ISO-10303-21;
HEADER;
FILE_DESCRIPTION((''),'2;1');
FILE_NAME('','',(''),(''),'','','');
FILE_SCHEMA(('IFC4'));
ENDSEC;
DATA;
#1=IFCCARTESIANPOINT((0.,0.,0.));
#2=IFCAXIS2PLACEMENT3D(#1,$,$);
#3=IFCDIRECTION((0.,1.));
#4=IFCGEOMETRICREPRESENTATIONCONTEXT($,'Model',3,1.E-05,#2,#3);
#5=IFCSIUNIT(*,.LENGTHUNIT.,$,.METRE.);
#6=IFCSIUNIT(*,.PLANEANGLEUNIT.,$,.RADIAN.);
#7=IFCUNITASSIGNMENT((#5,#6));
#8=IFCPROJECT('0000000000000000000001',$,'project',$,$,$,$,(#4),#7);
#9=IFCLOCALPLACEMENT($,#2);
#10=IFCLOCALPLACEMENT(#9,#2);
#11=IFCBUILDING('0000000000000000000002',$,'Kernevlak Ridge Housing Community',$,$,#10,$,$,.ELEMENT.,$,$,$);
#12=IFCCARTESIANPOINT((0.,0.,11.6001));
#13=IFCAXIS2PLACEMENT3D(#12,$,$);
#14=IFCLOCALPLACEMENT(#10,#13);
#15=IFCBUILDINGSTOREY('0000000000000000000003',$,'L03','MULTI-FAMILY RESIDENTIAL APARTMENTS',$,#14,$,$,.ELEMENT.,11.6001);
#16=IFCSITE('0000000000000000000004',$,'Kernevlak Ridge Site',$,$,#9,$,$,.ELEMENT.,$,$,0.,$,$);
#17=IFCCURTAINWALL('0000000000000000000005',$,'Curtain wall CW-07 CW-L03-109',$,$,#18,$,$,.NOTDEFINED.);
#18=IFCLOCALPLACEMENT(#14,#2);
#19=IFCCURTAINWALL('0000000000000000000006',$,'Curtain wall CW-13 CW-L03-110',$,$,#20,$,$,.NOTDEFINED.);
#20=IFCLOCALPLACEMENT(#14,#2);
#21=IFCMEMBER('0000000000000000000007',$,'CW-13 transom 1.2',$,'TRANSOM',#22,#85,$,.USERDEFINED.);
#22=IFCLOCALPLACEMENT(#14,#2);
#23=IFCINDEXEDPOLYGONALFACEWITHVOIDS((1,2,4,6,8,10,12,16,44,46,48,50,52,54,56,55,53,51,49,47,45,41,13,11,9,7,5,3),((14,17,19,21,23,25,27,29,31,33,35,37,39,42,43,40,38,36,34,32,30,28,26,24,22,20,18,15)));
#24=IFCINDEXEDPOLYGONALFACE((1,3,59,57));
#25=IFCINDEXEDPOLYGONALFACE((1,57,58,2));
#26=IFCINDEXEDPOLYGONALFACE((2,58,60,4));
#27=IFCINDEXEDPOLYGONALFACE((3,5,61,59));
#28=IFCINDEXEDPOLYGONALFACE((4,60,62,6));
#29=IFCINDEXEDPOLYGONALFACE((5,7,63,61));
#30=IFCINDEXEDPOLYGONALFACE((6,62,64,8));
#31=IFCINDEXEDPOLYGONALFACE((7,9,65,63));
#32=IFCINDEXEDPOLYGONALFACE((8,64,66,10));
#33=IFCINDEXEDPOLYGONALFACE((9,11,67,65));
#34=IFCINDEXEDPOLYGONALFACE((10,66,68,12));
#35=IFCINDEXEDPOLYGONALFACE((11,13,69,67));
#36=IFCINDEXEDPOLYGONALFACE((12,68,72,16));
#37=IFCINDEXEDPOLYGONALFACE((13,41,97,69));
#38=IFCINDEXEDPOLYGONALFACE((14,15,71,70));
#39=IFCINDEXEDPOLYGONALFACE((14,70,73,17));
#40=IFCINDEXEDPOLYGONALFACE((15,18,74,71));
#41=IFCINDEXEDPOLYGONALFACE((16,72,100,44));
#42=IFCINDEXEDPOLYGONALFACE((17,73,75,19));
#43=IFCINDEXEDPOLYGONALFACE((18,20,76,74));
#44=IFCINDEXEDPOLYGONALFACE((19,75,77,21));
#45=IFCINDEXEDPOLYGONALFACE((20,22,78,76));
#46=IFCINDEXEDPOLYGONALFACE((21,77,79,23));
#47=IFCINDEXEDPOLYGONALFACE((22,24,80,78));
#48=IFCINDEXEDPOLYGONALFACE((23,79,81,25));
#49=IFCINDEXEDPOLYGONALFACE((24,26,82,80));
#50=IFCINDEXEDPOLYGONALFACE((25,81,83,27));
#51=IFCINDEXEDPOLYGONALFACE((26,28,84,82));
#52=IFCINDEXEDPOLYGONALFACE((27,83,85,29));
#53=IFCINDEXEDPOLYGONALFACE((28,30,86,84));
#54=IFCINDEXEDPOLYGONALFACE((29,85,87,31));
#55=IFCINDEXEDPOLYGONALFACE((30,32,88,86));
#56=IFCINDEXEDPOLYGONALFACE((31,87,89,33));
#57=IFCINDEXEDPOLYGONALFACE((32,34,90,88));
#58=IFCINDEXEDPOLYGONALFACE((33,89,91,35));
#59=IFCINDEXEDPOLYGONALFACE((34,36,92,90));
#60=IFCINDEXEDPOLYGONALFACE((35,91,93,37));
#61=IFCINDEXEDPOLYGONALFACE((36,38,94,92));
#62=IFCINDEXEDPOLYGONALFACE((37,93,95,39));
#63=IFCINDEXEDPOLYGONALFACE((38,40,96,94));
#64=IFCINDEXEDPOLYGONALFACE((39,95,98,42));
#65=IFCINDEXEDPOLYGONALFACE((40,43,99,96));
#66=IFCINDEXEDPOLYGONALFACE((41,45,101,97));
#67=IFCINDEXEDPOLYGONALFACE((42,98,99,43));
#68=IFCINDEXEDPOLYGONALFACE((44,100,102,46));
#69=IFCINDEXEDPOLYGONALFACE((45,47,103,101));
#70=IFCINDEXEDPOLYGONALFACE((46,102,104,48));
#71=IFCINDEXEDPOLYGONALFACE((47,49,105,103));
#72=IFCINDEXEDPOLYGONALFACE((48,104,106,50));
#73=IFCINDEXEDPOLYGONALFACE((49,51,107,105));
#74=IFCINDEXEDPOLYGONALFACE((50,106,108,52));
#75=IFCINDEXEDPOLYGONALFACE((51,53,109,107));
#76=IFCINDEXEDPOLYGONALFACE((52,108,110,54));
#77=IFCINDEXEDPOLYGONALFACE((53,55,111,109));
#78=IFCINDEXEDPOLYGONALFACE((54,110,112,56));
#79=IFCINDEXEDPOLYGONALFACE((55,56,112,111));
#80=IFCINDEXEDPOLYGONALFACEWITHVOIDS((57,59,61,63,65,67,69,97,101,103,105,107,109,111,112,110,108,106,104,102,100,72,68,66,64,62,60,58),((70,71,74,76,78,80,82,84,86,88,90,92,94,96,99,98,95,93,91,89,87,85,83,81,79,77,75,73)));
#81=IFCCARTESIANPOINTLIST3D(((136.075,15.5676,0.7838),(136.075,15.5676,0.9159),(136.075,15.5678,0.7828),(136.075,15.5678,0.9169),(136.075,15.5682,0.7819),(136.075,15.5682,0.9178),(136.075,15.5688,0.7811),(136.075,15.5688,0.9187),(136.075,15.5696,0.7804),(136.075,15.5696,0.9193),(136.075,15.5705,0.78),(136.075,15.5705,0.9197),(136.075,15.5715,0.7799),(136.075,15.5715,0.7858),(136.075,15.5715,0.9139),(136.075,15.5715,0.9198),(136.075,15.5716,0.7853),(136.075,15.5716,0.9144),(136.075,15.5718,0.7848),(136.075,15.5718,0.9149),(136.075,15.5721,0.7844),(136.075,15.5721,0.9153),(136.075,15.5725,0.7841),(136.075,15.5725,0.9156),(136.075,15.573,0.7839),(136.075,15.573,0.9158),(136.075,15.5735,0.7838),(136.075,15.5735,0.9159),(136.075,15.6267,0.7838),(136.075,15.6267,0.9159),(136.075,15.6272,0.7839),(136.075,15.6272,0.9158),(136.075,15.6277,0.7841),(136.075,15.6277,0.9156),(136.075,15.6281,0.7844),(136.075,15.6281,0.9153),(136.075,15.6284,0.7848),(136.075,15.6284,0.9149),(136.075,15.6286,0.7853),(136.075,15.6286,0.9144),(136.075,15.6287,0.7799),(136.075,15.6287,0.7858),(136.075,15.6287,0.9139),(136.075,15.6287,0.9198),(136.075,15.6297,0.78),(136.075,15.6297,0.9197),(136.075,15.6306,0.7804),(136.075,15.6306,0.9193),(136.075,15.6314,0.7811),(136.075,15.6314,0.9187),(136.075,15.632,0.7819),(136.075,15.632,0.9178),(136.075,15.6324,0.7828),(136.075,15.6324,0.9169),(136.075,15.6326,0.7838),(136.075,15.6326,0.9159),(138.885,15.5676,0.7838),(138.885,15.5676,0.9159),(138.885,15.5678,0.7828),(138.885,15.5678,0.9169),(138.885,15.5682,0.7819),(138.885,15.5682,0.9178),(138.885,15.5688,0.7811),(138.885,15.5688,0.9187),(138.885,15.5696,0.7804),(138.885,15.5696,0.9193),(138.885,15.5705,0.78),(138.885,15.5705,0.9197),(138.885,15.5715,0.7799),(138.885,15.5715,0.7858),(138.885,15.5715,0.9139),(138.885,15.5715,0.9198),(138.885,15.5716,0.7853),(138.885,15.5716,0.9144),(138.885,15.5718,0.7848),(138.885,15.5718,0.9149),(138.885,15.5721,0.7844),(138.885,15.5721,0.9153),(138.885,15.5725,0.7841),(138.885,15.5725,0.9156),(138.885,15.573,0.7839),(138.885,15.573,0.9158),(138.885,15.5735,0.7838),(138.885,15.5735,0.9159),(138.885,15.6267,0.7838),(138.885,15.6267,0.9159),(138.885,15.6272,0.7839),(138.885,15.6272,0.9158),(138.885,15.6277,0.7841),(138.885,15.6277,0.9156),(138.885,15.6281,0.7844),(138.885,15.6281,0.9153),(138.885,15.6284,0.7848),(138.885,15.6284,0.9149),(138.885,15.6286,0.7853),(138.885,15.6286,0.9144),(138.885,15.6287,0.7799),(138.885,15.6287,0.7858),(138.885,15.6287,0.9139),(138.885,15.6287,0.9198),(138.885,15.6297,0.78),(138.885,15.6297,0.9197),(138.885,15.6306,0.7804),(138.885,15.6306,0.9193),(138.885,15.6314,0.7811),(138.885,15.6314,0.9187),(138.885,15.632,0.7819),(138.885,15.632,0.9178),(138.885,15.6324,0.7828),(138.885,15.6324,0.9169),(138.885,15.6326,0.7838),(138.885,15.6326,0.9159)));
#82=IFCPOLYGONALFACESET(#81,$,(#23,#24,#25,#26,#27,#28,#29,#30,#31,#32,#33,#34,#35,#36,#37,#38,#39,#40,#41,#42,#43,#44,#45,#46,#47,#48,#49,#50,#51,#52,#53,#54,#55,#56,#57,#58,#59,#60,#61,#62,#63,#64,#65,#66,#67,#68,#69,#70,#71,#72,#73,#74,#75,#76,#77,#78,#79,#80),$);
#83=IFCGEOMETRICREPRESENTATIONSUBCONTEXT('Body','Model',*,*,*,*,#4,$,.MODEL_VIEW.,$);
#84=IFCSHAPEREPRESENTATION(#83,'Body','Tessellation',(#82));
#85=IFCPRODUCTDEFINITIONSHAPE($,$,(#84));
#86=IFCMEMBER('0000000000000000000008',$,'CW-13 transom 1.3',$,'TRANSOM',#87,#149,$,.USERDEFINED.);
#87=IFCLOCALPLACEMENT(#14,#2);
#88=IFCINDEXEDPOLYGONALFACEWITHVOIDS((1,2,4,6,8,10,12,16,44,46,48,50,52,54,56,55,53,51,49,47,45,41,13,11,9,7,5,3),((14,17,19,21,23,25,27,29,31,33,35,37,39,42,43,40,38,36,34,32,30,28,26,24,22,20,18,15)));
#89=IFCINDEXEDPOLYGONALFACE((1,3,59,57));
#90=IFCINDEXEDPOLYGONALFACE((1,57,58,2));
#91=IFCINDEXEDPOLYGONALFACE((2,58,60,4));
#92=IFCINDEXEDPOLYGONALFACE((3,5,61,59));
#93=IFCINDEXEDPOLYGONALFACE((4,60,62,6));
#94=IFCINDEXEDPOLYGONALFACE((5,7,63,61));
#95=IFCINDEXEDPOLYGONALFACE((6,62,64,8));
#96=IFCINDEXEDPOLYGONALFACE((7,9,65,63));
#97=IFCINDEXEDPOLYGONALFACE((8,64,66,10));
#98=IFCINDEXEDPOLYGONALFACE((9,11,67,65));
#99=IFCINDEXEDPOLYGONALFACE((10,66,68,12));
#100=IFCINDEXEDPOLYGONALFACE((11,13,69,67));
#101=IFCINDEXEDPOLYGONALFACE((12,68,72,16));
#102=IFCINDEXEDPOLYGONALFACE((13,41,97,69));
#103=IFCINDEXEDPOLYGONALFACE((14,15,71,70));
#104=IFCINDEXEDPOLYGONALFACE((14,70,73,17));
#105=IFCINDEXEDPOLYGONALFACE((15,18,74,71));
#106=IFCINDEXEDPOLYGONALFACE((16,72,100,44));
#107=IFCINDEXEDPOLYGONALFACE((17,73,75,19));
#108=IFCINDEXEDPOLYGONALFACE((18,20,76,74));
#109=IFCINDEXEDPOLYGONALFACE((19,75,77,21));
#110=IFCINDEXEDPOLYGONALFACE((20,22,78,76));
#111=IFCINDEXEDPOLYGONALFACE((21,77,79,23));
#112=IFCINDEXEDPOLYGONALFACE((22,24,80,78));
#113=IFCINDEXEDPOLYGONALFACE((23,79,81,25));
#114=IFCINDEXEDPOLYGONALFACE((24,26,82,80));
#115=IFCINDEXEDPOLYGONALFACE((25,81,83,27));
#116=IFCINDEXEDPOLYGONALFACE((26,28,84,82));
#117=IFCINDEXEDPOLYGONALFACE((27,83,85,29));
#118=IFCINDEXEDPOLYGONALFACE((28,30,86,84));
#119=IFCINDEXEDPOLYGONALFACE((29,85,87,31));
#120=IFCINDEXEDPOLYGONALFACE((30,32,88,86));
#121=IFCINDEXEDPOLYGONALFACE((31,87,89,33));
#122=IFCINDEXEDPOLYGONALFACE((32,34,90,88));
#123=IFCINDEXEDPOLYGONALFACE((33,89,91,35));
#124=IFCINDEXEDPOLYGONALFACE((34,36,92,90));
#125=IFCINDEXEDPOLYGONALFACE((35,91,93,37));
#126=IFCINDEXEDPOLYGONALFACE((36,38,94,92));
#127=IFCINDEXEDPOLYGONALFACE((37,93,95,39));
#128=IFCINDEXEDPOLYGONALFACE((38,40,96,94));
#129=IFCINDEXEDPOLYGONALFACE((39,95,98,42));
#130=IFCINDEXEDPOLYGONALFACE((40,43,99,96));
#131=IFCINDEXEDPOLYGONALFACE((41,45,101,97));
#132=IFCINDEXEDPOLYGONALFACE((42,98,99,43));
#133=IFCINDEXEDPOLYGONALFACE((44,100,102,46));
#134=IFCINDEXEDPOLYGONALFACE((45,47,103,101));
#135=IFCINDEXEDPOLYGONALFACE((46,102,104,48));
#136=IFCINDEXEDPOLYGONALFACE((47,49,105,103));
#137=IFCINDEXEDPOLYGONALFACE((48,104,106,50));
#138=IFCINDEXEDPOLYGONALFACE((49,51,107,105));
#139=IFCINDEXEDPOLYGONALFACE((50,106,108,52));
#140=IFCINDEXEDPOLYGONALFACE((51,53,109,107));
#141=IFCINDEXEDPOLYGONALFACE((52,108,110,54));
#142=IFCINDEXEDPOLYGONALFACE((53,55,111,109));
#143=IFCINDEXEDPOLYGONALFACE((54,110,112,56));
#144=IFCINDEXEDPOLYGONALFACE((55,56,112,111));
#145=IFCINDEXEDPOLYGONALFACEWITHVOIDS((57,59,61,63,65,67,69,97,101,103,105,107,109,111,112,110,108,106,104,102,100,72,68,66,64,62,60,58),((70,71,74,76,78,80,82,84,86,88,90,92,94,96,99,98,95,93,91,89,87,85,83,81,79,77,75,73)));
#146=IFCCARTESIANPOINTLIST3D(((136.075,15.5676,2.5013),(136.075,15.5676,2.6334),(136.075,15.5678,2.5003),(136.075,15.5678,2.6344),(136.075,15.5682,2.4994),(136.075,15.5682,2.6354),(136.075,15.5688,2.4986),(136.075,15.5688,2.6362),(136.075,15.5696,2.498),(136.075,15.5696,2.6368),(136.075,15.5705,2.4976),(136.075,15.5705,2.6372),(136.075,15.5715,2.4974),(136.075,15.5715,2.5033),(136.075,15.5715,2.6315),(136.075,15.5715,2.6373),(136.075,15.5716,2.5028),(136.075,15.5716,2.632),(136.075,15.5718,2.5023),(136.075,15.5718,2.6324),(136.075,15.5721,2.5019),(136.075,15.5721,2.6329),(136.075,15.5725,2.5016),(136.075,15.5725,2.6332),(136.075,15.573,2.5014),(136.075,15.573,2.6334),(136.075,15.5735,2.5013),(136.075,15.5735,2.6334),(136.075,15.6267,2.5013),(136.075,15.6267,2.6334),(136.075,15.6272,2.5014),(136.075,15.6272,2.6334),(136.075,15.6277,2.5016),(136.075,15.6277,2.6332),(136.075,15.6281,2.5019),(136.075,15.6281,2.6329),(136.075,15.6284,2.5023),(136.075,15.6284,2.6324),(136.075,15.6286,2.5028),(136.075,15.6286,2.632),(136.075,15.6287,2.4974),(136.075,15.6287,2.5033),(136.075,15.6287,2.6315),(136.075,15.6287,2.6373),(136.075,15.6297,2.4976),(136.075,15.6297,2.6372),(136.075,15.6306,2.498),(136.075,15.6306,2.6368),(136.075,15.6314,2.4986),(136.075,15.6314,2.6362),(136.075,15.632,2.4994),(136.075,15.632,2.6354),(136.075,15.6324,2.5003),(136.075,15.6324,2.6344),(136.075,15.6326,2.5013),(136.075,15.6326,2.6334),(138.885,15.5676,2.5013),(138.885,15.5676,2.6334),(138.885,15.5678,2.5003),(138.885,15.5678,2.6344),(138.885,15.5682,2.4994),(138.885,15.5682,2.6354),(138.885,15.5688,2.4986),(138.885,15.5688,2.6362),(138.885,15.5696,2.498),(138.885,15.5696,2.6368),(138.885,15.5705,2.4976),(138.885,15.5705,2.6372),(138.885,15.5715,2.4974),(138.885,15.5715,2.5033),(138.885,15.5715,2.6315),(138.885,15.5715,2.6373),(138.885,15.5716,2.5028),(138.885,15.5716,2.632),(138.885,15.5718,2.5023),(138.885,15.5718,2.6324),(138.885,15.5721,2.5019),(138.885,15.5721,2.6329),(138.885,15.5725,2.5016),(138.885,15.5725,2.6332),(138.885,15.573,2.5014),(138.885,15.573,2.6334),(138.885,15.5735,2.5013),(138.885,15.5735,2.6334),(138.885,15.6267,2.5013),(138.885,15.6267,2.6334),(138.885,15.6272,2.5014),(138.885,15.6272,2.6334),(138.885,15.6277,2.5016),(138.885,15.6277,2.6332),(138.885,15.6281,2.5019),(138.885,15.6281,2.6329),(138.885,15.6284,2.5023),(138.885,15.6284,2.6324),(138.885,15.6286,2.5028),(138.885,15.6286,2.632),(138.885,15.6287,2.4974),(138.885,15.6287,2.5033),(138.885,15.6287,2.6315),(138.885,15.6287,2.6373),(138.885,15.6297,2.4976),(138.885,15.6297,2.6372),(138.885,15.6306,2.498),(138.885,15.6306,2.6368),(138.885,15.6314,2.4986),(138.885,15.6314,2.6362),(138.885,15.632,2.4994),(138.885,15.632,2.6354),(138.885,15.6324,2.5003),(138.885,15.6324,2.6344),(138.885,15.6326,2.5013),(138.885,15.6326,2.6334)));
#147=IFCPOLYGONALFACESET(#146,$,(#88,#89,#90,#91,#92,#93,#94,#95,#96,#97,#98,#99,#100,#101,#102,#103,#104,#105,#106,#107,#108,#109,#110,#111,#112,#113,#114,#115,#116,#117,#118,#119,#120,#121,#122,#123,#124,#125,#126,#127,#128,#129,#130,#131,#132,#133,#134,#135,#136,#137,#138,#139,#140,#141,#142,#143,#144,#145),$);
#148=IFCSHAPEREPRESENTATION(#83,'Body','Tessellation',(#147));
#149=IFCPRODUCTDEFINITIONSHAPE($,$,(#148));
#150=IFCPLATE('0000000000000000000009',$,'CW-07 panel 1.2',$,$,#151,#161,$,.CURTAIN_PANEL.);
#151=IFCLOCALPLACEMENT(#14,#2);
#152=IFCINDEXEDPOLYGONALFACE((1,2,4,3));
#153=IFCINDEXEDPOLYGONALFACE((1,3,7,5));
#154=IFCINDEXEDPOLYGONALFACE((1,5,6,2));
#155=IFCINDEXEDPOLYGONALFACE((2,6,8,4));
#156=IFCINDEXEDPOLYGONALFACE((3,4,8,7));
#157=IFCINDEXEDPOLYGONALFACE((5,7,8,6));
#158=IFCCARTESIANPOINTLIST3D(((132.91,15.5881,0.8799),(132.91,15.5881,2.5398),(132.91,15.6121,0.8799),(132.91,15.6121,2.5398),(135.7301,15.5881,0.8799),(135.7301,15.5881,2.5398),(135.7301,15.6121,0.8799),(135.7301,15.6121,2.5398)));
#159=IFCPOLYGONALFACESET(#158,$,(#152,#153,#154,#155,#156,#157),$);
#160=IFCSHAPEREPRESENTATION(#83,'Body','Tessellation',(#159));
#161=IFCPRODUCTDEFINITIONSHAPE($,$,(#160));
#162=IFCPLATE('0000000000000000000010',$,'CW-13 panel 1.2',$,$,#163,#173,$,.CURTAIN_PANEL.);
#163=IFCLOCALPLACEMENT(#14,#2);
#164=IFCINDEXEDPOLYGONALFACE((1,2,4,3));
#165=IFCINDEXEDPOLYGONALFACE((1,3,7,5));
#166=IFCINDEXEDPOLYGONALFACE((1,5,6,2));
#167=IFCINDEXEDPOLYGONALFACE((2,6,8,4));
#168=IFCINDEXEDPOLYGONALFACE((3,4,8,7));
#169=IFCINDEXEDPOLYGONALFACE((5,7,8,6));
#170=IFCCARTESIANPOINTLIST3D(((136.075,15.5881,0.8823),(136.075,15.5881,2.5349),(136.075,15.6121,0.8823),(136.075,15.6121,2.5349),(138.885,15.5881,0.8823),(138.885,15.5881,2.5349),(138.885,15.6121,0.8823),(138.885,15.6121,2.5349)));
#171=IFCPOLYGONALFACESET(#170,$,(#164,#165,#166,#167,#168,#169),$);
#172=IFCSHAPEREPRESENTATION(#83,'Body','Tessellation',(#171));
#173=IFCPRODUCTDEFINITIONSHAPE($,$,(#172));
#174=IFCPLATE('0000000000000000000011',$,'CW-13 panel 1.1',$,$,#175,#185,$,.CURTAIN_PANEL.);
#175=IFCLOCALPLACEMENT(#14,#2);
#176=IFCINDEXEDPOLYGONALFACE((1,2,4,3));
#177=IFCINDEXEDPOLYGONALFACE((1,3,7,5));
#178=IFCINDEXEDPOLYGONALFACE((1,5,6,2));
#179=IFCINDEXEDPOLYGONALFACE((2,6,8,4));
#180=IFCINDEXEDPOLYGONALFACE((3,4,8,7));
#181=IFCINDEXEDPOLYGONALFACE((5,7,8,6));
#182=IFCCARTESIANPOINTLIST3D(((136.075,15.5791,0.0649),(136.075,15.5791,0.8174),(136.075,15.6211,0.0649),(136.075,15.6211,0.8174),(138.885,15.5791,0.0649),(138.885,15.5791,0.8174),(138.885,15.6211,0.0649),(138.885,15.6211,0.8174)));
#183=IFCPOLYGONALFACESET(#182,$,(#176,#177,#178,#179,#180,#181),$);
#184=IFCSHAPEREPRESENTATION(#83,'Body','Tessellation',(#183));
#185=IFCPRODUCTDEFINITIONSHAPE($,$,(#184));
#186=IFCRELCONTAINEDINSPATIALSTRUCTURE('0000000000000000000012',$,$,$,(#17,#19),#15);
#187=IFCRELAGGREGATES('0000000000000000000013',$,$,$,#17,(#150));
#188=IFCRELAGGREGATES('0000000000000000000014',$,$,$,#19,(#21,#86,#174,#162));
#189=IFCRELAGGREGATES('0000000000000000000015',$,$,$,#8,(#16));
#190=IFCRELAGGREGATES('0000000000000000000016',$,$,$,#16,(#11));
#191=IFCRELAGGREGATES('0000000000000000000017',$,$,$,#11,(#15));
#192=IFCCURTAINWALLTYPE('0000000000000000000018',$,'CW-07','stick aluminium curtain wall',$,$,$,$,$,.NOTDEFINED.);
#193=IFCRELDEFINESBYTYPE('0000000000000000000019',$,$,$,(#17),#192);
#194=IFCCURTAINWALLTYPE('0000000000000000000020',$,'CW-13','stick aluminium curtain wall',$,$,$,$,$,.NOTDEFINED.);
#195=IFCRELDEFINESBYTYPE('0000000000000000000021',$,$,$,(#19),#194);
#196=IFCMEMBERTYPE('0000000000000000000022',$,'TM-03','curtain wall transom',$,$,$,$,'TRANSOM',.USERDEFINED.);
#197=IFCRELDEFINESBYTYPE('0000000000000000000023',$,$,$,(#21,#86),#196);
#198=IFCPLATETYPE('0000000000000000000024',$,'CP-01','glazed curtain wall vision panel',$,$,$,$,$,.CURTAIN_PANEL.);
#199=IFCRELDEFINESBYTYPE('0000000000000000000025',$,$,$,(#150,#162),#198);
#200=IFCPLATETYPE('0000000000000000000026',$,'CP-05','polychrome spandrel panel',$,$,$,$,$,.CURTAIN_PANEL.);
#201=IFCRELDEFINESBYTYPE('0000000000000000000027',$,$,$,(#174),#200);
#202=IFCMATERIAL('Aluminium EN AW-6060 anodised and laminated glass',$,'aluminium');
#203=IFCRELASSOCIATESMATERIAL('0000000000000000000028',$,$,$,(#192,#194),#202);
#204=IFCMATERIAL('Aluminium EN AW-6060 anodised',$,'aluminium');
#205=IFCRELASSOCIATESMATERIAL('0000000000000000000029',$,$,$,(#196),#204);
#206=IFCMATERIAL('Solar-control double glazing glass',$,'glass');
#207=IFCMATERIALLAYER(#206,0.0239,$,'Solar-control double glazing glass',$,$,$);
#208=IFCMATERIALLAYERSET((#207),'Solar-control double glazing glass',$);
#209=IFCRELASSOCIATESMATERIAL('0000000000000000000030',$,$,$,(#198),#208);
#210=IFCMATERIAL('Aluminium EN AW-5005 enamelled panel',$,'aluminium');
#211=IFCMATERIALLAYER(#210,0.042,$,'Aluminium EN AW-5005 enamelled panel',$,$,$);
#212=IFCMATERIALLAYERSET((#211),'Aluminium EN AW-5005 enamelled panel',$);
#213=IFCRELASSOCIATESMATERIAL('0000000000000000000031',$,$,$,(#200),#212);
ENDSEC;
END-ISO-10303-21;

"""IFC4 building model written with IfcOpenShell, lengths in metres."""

from ifc_helpers import new_model, si_unit, direction, frame, origin, origin_2d, place, context, subcontext, project, spatial, rectangle, hollow_rectangle, extrude, material, layer, layer_set, material_profile, profile_set, type_object, element, aggregate, save


model = new_model("IFC4")

# Units and contexts
model_context = context("Model", 3, precision=1e-05, world=origin(), true_north=direction((0.0, 1.0)))
body_context = subcontext(model_context, "Body", "Model", "MODEL_VIEW")
ifc_project = project(units=[si_unit("LENGTHUNIT", "METRE"), si_unit("PLANEANGLEUNIT", "RADIAN")], contexts=[model_context])

# Site, building, storey
site_placement = place(None, origin())
site = spatial("IfcSite", under=ifc_project, at=site_placement, Name="Kernevlak Ridge Site", CompositionType="ELEMENT", RefElevation=0.0)
building_placement = place(site_placement, origin())
building = spatial("IfcBuilding", under=site, at=building_placement, Name="Kernevlak Ridge Housing Community", CompositionType="ELEMENT")
storey_placement = place(building_placement, frame((0.0, 0.0, 11.6001)))
storey = spatial("IfcBuildingStorey", under=building, at=storey_placement, Name="L03", Description="MULTI-FAMILY RESIDENTIAL APARTMENTS", CompositionType="ELEMENT", Elevation=11.6001)

# Curtain wall
ifc_material_1 = material(Name="Aluminium EN AW-6060 anodised and laminated glass", Category="aluminium")
curtain_wall_type_1 = type_object("IfcCurtainWallType", Name="CW-07", Description="stick aluminium curtain wall", PredefinedType="NOTDEFINED", material=ifc_material_1)
curtain_wall_1_placement = place(storey_placement, origin())
curtain_wall_1 = element("IfcCurtainWall", 1, at=curtain_wall_1_placement, inside=storey, type_object=curtain_wall_type_1, Name="Curtain wall CW-07 CW-L03-109", PredefinedType="NOTDEFINED")
ifc_material_2 = material(Name="Aluminium EN AW-6060 anodised", Category="aluminium")

# Curtain wall, members
curtain_wall_type_2 = type_object("IfcCurtainWallType", Name="CW-13", Description="stick aluminium curtain wall", PredefinedType="NOTDEFINED", material=ifc_material_1)
curtain_wall_2_placement = place(storey_placement, origin())
curtain_wall_2 = element("IfcCurtainWall", 2, at=curtain_wall_2_placement, inside=storey, type_object=curtain_wall_type_2, Name="Curtain wall CW-13 CW-L03-110", PredefinedType="NOTDEFINED")
ifc_material_profile_1 = material_profile(ifc_material_2, hollow_rectangle(XDim=0.0649, YDim=0.1399, WallThickness=0.0039, InnerFilletRadius=0.002, OuterFilletRadius=0.0039, at=origin_2d()), Name="ALU 65x140x4")
ifc_profile_set_1 = profile_set([ifc_material_profile_1], Name="Aluminium EN AW-6060 anodised")
member_type_1 = type_object("IfcMemberType", Name="TM-03", Description="curtain wall transom", ElementType="TRANSOM", PredefinedType="USERDEFINED", material=ifc_profile_set_1)
member_1_placement = place(storey_placement, frame((136.075, 15.6001, 0.8499), z_axis=(1.0, 0.0, 0.0), x_axis=(0.0, 1.0, 0.0)))
member_1 = element("IfcMember", 3, at=member_1_placement, type_object=member_type_1, Name="CW-13 transom 1.2", ObjectType="TRANSOM", PredefinedType="USERDEFINED", context=body_context, shape_type="SweptSolid", body=[
    extrude(hollow_rectangle(XDim=0.0649, YDim=0.1399, WallThickness=0.0039, InnerFilletRadius=0.002, OuterFilletRadius=0.0039, at=origin_2d()), origin(), (0.0, 0.0, 1.0), 2.8101),
])
member_2_placement = place(storey_placement, frame((136.075, 15.6001, 2.5674), z_axis=(1.0, 0.0, 0.0), x_axis=(0.0, 1.0, 0.0)))
member_2 = element("IfcMember", 4, at=member_2_placement, type_object=member_type_1, Name="CW-13 transom 1.3", ObjectType="TRANSOM", PredefinedType="USERDEFINED", context=body_context, shape_type="SweptSolid", body=[
    extrude(hollow_rectangle(XDim=0.0649, YDim=0.1399, WallThickness=0.0039, InnerFilletRadius=0.002, OuterFilletRadius=0.0039, at=origin_2d()), origin(), (0.0, 0.0, 1.0), 2.8101),
])

# Plates
ifc_material_3 = material(Name="Solar-control double glazing glass", Category="glass")
ifc_layer_1 = layer(ifc_material_3, 0.0239, Name="Solar-control double glazing glass")
ifc_layer_set_1 = layer_set([ifc_layer_1], Name="Solar-control double glazing glass")
plate_type_1 = type_object("IfcPlateType", Name="CP-01", Description="glazed curtain wall vision panel", PredefinedType="CURTAIN_PANEL", material=ifc_layer_set_1)
plate_1_placement = place(storey_placement, frame((134.3201, 15.6001, 0.8799), z_axis=(0.0, 0.0, 1.0), x_axis=(1.0, 0.0, 0.0)))
plate_1 = element("IfcPlate", 5, at=plate_1_placement, type_object=plate_type_1, Name="CW-07 panel 1.2", PredefinedType="CURTAIN_PANEL", context=body_context, shape_type="SweptSolid", body=[
    extrude(rectangle(XDim=2.8201, YDim=0.0239, at=origin_2d()), origin(), (0.0, 0.0, 1.0), 1.6599),
])
aggregate(curtain_wall_1, [plate_1])
plate_2_placement = place(storey_placement, frame((137.48, 15.6001, 0.8823), z_axis=(0.0, 0.0, 1.0), x_axis=(1.0, 0.0, 0.0)))
plate_2 = element("IfcPlate", 6, at=plate_2_placement, type_object=plate_type_1, Name="CW-13 panel 1.2", PredefinedType="CURTAIN_PANEL", context=body_context, shape_type="SweptSolid", body=[
    extrude(rectangle(XDim=2.8101, YDim=0.0239, at=origin_2d()), origin(), (0.0, 0.0, 1.0), 1.6526),
])
ifc_material_4 = material(Name="Aluminium EN AW-5005 enamelled panel", Category="aluminium")
ifc_layer_2 = layer(ifc_material_4, 0.042, Name="Aluminium EN AW-5005 enamelled panel")
ifc_layer_set_2 = layer_set([ifc_layer_2], Name="Aluminium EN AW-5005 enamelled panel")
plate_type_2 = type_object("IfcPlateType", Name="CP-05", Description="polychrome spandrel panel", PredefinedType="CURTAIN_PANEL", material=ifc_layer_set_2)
plate_3_placement = place(storey_placement, frame((137.48, 15.6001, 0.0649), z_axis=(0.0, 0.0, 1.0), x_axis=(1.0, 0.0, 0.0)))
plate_3 = element("IfcPlate", 7, at=plate_3_placement, type_object=plate_type_2, Name="CW-13 panel 1.1", PredefinedType="CURTAIN_PANEL", context=body_context, shape_type="SweptSolid", body=[
    extrude(rectangle(XDim=2.8101, YDim=0.042, at=origin_2d()), origin(), (0.0, 0.0, 1.0), 0.7524),
])
aggregate(curtain_wall_2, [member_1, member_2, plate_3, plate_2])

save(model, "model.ifc")
